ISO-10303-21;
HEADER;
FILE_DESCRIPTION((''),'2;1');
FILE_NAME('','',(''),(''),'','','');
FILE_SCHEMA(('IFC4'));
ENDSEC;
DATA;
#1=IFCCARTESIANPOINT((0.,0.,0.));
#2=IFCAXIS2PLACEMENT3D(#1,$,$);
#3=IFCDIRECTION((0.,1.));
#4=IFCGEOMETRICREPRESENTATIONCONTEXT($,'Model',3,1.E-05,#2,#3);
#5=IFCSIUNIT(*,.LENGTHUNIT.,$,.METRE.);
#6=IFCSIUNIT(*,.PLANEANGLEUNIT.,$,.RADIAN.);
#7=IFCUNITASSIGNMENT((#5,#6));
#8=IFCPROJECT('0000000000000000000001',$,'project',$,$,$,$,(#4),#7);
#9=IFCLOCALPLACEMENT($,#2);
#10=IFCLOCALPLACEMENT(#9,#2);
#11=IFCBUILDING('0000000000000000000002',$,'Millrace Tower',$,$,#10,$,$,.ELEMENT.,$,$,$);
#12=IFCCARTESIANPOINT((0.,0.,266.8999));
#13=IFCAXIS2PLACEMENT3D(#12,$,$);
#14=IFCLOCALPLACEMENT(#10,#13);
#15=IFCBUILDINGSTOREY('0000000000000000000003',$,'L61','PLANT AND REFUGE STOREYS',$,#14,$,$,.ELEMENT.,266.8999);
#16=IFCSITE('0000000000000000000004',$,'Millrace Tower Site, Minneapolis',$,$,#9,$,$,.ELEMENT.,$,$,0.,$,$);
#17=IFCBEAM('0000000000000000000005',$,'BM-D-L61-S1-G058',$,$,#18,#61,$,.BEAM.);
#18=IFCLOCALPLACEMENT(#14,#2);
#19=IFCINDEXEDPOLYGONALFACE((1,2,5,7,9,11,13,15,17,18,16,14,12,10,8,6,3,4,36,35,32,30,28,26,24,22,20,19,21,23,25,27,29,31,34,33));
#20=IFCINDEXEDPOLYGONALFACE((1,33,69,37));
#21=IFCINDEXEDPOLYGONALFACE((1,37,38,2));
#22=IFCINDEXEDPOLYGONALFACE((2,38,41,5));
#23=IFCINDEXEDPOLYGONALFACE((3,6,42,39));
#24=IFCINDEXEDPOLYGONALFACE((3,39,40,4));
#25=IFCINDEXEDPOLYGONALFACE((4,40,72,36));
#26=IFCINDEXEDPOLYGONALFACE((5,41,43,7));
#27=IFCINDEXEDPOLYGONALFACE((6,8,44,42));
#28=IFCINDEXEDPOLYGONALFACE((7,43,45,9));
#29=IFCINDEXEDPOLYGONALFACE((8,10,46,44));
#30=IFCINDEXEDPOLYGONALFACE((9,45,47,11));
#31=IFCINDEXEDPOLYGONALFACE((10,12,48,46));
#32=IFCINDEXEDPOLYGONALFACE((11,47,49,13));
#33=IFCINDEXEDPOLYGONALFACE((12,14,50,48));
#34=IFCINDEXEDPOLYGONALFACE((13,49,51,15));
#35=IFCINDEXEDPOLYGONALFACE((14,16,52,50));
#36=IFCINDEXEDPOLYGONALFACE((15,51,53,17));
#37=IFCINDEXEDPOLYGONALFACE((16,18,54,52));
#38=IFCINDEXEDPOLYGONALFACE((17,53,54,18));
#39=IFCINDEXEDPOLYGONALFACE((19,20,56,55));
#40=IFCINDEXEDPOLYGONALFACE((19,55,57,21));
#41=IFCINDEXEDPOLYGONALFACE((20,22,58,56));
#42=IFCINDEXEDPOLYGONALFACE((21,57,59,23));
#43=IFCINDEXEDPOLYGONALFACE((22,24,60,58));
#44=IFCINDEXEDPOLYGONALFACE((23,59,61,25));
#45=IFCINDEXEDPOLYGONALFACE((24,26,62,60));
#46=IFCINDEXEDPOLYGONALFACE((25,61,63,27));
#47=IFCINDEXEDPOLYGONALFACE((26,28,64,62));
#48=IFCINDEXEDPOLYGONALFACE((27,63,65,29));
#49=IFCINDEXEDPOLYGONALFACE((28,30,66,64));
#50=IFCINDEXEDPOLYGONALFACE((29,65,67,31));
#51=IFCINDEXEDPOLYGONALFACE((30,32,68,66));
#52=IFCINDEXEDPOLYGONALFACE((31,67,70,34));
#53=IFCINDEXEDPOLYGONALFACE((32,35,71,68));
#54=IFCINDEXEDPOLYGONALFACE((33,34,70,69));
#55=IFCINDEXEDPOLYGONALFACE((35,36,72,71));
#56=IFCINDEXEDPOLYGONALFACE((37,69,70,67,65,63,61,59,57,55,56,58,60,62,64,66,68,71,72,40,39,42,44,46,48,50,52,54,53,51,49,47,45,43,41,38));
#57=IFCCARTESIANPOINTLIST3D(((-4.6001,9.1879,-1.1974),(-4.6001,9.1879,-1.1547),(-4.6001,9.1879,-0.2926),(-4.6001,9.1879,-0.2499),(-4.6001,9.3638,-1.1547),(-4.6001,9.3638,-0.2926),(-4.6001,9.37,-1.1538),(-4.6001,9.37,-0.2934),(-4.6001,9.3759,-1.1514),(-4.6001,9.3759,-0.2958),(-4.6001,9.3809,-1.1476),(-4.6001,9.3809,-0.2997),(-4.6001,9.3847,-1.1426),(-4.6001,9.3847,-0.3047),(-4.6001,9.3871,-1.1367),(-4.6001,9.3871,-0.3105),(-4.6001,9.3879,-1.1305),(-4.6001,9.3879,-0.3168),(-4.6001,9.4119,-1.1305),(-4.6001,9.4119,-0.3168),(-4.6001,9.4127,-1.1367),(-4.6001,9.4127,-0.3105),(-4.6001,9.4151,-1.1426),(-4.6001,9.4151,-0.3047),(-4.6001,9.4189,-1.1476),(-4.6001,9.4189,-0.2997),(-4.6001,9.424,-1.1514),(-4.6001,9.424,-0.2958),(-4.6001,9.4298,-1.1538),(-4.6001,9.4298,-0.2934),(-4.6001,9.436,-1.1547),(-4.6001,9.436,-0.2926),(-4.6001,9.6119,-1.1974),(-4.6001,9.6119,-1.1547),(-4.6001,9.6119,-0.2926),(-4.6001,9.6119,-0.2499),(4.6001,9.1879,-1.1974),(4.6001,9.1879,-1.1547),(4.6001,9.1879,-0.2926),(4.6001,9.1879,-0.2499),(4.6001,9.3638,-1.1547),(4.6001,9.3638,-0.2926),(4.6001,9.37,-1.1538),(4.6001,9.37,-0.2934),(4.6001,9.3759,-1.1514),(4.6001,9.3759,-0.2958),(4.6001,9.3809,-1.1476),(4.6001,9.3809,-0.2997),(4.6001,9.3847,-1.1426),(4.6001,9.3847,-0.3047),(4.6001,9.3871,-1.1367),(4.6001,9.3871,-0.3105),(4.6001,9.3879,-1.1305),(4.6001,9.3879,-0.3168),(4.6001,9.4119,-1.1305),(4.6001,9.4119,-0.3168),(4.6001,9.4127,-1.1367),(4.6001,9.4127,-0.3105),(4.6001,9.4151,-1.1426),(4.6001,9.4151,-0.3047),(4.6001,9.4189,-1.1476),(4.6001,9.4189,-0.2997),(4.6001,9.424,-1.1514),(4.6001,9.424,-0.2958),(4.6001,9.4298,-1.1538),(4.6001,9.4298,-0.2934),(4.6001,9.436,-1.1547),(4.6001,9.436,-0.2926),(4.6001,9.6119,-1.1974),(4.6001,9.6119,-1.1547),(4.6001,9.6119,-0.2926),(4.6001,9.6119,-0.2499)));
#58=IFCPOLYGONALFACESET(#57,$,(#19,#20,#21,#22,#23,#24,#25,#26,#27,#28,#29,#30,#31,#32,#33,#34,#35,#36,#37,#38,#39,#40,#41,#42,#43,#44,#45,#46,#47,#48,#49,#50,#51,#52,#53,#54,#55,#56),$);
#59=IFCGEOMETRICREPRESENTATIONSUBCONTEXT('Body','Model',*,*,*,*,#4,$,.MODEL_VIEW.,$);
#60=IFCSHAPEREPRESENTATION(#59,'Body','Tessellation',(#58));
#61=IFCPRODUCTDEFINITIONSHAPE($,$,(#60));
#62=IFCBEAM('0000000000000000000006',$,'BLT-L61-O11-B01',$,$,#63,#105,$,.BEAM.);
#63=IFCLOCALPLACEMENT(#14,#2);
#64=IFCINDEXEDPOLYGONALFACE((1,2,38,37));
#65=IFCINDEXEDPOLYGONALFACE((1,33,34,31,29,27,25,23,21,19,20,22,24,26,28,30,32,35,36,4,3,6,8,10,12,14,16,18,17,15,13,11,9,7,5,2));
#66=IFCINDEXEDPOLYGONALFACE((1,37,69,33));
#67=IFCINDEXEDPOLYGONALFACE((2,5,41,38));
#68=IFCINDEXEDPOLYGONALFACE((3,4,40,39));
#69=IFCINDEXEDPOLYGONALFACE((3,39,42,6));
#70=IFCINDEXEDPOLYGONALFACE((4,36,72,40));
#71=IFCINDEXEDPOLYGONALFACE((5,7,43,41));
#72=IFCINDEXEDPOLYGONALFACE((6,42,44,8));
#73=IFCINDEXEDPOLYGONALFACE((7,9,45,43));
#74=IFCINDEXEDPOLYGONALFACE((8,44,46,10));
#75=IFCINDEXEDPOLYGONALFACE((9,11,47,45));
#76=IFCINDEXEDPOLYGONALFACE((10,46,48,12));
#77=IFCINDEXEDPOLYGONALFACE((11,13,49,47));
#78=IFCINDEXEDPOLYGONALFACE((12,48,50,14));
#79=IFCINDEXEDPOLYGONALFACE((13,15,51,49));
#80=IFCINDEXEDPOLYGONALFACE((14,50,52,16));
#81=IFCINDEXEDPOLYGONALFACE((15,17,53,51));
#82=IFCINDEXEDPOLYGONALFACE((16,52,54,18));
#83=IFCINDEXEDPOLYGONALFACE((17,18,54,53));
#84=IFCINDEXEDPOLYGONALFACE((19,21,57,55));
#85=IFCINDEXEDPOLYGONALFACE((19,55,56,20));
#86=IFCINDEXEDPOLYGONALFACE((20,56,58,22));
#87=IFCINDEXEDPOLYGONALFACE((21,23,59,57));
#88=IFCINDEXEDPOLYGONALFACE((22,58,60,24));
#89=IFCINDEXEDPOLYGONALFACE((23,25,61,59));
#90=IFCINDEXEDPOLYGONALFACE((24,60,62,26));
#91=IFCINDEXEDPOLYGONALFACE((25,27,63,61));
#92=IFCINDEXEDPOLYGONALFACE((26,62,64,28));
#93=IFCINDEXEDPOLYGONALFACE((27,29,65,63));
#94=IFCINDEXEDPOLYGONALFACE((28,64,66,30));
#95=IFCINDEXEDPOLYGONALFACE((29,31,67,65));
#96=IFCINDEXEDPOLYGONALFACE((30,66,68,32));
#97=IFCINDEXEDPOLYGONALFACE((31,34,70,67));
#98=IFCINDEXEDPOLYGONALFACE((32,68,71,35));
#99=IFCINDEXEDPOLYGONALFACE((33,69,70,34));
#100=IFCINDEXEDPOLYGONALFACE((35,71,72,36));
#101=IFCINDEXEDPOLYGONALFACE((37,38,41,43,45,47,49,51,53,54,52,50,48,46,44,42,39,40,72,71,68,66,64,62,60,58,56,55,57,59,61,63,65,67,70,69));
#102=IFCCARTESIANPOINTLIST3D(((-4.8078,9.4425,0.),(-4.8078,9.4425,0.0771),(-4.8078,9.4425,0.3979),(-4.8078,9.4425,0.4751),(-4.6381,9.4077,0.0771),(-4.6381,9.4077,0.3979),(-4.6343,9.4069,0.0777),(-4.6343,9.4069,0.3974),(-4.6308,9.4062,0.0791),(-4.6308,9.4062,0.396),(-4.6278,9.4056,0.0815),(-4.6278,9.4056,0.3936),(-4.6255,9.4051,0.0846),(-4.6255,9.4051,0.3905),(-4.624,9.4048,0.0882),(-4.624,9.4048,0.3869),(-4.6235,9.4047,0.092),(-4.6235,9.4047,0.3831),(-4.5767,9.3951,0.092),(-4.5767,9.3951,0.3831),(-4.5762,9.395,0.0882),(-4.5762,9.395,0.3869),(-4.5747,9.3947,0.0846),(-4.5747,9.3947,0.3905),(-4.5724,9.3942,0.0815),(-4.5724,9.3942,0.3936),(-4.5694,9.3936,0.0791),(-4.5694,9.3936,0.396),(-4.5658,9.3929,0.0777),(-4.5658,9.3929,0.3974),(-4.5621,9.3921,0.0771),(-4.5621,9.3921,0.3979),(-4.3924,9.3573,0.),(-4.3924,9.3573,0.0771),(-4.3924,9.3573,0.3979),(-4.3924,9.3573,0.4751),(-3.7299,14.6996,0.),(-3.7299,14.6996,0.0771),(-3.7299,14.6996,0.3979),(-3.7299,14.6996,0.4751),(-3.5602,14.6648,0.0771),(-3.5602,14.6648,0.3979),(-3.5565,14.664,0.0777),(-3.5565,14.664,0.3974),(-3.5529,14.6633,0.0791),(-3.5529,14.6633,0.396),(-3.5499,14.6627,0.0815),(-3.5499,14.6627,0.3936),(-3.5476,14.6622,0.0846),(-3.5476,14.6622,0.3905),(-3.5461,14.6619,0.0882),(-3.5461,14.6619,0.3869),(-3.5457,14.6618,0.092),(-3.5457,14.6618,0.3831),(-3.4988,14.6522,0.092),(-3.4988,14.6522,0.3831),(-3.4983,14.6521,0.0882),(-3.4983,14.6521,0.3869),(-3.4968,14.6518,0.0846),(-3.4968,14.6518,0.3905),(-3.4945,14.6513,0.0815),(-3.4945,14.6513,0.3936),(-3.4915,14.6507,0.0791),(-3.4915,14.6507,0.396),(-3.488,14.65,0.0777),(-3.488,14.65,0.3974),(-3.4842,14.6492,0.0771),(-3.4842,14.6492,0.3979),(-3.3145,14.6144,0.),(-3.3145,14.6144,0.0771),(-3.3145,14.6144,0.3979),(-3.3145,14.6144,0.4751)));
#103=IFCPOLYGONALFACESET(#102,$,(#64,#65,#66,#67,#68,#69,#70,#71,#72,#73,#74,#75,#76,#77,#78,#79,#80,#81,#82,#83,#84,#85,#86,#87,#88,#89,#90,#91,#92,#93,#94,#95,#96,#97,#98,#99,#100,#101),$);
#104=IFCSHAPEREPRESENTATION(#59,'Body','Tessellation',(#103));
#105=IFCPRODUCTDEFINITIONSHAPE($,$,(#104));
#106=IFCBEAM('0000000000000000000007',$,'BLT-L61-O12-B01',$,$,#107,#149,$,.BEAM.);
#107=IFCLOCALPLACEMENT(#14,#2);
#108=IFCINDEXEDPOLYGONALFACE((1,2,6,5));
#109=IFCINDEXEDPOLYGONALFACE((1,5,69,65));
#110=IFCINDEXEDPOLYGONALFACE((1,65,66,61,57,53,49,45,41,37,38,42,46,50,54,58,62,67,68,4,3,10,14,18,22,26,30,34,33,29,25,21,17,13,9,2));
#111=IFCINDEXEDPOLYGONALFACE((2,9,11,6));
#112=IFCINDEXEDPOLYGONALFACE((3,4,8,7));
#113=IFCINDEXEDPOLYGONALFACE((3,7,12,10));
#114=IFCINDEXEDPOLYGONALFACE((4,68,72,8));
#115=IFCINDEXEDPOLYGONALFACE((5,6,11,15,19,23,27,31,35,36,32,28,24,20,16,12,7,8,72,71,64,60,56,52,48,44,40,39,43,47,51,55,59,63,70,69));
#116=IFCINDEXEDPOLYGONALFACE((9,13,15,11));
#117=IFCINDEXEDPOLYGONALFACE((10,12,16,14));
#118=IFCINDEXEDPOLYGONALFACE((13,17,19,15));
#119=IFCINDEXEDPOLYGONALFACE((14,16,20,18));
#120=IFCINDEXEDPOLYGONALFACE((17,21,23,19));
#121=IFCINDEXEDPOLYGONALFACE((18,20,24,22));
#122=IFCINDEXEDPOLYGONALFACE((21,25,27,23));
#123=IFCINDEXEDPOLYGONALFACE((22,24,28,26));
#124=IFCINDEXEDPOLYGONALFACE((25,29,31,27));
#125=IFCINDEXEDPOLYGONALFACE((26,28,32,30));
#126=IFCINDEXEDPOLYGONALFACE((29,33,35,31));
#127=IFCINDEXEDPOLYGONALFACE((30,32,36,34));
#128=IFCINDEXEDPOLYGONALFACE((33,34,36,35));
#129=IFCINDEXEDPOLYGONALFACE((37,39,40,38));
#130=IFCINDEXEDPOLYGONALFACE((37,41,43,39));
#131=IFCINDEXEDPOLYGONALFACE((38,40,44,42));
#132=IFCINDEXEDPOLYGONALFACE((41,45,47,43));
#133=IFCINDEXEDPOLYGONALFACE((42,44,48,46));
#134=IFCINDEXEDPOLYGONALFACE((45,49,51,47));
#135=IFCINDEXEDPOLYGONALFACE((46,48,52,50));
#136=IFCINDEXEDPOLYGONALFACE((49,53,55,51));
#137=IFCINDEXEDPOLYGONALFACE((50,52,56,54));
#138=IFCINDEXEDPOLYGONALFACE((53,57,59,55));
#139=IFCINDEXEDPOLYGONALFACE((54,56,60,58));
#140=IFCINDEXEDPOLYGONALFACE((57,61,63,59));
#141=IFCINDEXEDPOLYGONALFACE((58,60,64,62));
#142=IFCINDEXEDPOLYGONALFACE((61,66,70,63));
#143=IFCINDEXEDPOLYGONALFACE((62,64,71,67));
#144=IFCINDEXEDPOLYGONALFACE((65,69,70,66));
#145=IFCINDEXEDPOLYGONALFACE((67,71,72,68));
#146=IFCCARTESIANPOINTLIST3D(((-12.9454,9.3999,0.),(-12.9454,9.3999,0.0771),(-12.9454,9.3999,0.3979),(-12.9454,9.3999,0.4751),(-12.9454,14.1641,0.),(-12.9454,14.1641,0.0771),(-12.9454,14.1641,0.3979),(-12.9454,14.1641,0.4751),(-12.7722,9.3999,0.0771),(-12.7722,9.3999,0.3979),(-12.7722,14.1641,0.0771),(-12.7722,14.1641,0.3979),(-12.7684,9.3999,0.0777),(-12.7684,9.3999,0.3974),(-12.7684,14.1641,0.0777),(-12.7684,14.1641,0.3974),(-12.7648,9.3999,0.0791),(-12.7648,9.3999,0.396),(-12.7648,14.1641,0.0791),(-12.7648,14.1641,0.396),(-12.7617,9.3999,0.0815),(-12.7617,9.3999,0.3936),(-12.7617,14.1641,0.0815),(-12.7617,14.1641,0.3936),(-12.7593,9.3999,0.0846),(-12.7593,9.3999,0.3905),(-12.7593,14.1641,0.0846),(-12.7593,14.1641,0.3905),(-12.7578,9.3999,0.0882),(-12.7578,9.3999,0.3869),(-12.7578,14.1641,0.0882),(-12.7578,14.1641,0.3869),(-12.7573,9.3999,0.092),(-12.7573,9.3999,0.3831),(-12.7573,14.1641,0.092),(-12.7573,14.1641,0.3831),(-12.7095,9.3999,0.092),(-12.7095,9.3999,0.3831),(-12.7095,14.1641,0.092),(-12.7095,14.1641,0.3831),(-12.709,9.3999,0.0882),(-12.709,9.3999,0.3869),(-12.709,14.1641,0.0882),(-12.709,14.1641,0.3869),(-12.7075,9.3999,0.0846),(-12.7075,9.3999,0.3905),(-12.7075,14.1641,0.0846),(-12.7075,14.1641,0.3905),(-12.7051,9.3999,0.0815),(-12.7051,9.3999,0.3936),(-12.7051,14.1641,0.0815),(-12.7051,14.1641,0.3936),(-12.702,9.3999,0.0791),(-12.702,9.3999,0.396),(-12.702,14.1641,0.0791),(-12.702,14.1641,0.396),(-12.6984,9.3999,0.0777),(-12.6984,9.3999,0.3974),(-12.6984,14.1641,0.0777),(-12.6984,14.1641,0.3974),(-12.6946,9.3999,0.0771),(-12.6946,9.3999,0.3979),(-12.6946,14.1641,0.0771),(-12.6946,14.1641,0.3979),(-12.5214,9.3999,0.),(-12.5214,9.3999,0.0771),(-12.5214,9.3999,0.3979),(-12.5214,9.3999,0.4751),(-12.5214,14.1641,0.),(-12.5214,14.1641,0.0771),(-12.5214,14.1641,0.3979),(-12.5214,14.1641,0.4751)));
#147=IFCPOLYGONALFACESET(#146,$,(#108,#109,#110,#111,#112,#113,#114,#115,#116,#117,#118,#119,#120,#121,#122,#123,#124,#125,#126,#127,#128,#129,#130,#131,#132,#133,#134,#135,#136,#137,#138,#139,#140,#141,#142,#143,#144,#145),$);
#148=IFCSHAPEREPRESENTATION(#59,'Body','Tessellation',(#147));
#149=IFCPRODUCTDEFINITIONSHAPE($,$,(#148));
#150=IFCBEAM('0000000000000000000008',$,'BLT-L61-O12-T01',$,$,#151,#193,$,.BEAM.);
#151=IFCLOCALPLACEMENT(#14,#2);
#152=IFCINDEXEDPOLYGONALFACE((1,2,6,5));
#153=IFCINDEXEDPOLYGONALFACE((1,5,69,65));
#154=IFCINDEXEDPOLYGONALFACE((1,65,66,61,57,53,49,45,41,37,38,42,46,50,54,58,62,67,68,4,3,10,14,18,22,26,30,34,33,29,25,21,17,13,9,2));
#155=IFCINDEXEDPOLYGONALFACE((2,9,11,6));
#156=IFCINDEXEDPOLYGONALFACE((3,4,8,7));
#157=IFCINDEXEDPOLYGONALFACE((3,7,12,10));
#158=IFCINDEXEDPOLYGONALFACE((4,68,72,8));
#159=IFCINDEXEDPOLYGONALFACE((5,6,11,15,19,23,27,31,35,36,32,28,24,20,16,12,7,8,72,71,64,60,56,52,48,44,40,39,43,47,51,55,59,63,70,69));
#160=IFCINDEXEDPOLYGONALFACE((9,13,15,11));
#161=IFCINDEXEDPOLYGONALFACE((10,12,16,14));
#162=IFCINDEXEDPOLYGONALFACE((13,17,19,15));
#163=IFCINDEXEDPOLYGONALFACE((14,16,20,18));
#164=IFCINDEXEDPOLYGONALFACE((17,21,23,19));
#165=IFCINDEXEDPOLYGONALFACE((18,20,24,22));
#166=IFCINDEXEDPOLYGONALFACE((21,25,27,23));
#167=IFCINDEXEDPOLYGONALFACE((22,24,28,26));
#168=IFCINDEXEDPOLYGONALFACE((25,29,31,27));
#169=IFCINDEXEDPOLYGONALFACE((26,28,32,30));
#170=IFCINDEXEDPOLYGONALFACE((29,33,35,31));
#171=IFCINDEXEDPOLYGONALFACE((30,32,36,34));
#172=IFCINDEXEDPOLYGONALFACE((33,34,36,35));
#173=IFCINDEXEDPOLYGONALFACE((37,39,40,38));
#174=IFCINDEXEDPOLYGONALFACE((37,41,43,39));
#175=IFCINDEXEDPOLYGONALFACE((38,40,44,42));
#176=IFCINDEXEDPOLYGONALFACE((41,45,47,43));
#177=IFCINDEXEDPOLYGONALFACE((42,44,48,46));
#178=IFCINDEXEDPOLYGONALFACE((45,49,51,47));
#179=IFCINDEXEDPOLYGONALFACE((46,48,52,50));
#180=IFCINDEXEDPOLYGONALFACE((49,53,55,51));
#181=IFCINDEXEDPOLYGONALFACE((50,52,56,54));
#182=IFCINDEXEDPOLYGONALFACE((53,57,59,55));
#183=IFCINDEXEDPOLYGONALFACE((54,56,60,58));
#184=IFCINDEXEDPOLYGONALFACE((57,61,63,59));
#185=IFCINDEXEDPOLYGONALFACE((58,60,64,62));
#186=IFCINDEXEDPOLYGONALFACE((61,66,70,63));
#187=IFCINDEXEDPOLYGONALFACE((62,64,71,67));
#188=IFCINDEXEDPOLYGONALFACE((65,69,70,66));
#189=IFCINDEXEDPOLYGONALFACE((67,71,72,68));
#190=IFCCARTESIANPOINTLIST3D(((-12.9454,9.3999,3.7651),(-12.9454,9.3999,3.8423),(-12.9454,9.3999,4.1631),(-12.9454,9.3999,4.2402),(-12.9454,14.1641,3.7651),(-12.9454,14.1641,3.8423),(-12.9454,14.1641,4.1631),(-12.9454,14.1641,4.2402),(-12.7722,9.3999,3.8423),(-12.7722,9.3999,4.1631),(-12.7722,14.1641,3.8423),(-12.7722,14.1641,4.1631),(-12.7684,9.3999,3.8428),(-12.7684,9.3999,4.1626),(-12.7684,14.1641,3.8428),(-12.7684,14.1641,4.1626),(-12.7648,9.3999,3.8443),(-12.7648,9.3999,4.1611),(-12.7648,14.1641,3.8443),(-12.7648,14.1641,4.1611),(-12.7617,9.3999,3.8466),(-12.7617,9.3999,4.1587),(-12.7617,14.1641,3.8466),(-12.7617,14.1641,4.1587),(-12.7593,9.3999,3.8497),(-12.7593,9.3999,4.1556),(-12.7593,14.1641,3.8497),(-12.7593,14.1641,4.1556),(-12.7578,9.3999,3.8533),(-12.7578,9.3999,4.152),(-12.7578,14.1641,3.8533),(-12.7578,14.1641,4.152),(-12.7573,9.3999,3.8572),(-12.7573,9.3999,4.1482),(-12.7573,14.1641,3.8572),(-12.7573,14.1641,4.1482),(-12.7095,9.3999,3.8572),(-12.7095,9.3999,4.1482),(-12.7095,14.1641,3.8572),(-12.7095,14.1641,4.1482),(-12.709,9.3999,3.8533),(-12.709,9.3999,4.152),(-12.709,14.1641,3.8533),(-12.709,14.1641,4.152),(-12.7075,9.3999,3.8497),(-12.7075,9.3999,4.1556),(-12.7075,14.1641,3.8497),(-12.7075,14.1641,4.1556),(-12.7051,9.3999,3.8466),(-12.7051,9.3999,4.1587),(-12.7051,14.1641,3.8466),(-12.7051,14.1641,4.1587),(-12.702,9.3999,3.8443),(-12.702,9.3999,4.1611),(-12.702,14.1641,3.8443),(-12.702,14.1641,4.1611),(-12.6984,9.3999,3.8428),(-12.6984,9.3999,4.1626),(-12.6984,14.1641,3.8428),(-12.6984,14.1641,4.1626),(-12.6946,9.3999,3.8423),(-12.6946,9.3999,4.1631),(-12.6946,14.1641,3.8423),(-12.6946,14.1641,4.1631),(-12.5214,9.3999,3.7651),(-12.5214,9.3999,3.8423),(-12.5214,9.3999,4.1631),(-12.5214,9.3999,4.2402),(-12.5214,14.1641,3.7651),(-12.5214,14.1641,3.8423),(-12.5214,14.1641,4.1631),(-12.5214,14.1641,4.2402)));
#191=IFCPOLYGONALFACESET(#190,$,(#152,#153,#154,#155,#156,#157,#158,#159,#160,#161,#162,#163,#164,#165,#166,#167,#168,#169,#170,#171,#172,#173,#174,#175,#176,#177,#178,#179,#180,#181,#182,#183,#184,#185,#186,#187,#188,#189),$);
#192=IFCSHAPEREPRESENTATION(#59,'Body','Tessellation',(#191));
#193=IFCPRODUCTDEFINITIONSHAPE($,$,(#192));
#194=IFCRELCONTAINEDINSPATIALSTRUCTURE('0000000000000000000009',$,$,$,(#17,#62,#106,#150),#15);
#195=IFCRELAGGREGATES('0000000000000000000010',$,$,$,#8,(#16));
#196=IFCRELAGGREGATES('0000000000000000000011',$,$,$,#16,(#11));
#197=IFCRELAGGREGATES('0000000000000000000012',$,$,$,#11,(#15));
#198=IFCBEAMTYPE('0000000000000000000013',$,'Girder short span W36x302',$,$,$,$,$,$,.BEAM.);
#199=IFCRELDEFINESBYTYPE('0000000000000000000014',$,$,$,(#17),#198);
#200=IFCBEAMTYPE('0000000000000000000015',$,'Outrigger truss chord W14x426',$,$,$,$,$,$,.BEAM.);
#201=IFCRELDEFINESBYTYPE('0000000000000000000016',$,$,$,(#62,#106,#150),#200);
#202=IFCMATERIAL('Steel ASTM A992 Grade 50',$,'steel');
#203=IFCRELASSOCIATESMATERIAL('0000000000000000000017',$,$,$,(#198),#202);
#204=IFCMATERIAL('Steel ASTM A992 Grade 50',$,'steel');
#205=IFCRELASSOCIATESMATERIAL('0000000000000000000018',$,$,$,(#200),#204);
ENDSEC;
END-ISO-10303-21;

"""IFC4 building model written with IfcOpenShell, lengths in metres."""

from ifc_helpers import new_model, si_unit, direction, frame, origin, origin_2d, place, context, subcontext, project, spatial, i_section, extrude, material, material_profile, profile_set, type_object, element, save


model = new_model("IFC4")

# Units and contexts
model_context = context("Model", 3, precision=1e-05, world=origin(), true_north=direction((0.0, 1.0)))
body_context = subcontext(model_context, "Body", "Model", "MODEL_VIEW")
ifc_project = project(units=[si_unit("LENGTHUNIT", "METRE"), si_unit("PLANEANGLEUNIT", "RADIAN")], contexts=[model_context])

# Site, building, storey
site_placement = place(None, origin())
site = spatial("IfcSite", under=ifc_project, at=site_placement, Name="Millrace Tower Site, Minneapolis", CompositionType="ELEMENT", RefElevation=0.0)
building_placement = place(site_placement, origin())
building = spatial("IfcBuilding", under=site, at=building_placement, Name="Millrace Tower", CompositionType="ELEMENT")
storey_placement = place(building_placement, frame((0.0, 0.0, 266.8999)))
storey = spatial("IfcBuildingStorey", under=building, at=storey_placement, Name="L61", Description="PLANT AND REFUGE STOREYS", CompositionType="ELEMENT", Elevation=266.8999)

# Beams
ifc_material_1 = material(Name="Steel ASTM A992 Grade 50", Category="steel")
ifc_material_profile_1 = material_profile(ifc_material_1, i_section(OverallWidth=0.4241, OverallDepth=0.9475, WebThickness=0.0239, FlangeThickness=0.0427, FilletRadius=0.0242, at=origin_2d()))
ifc_profile_set_1 = profile_set([ifc_material_profile_1], Name="Steel ASTM A992 Grade 50")
beam_type_1 = type_object("IfcBeamType", Name="Girder short span W36x302", PredefinedType="BEAM", material=ifc_profile_set_1)
beam_1_placement = place(storey_placement, frame((-4.6001, 9.3999, -0.7236), z_axis=(1.0, 0.0, 0.0), x_axis=(0.0, 1.0, 0.0)))
element("IfcBeam", 1, at=beam_1_placement, inside=storey, type_object=beam_type_1, Name="BM-D-L61-S1-G058", PredefinedType="BEAM", context=body_context, shape_type="SweptSolid", body=[
    extrude(i_section(OverallWidth=0.4241, OverallDepth=0.9475, WebThickness=0.0239, FlangeThickness=0.0427, FilletRadius=0.0242, at=origin_2d()), origin(), (0.0, 0.0, 1.0), 9.2002),
])
ifc_material_2 = material(Name="Steel ASTM A992 Grade 50", Category="steel")
ifc_material_profile_2 = material_profile(ifc_material_2, i_section(OverallWidth=0.4241, OverallDepth=0.4751, WebThickness=0.0479, FlangeThickness=0.0771, FilletRadius=0.0149, at=origin_2d()))
ifc_profile_set_2 = profile_set([ifc_material_profile_2], Name="Steel ASTM A992 Grade 50")
beam_type_2 = type_object("IfcBeamType", Name="Outrigger truss chord W14x426", PredefinedType="BEAM", material=ifc_profile_set_2)
beam_2_placement = place(storey_placement, frame((-4.6001, 9.3999, 0.2375), z_axis=(0.200856, 0.979621, 0.0), x_axis=(-0.979621, 0.200856, 0.0)))
element("IfcBeam", 2, at=beam_2_placement, inside=storey, type_object=beam_type_2, Name="BLT-L61-O11-B01", PredefinedType="BEAM", context=body_context, shape_type="SweptSolid", body=[
    extrude(i_section(OverallWidth=0.4241, OverallDepth=0.4751, WebThickness=0.0479, FlangeThickness=0.0771, FilletRadius=0.0149, at=origin_2d()), origin(), (0.0, 0.0, 1.0), 5.3665),
])
for number, where, z_axis, x_axis, name in (
    (3, (-12.7334, 9.3999, 0.2375), (0.0, 1.0, 0.0), (-1.0, 0.0, 0.0), "BLT-L61-O12-B01"),
    (4, (-12.7334, 9.3999, 4.0027), (0.0, 1.0, 0.0), (-1.0, 0.0, 0.0), "BLT-L61-O12-T01"),
):
    element("IfcBeam", number, at=place(storey_placement, frame(where, z_axis=z_axis, x_axis=x_axis)), inside=storey, type_object=beam_type_2, Name=name, PredefinedType="BEAM", context=body_context, shape_type="SweptSolid", body=[
        extrude(i_section(OverallWidth=0.4241, OverallDepth=0.4751, WebThickness=0.0479, FlangeThickness=0.0771, FilletRadius=0.0149, at=origin_2d()), origin(), (0.0, 0.0, 1.0), 4.7642),
    ])

save(model, "model.ifc")
